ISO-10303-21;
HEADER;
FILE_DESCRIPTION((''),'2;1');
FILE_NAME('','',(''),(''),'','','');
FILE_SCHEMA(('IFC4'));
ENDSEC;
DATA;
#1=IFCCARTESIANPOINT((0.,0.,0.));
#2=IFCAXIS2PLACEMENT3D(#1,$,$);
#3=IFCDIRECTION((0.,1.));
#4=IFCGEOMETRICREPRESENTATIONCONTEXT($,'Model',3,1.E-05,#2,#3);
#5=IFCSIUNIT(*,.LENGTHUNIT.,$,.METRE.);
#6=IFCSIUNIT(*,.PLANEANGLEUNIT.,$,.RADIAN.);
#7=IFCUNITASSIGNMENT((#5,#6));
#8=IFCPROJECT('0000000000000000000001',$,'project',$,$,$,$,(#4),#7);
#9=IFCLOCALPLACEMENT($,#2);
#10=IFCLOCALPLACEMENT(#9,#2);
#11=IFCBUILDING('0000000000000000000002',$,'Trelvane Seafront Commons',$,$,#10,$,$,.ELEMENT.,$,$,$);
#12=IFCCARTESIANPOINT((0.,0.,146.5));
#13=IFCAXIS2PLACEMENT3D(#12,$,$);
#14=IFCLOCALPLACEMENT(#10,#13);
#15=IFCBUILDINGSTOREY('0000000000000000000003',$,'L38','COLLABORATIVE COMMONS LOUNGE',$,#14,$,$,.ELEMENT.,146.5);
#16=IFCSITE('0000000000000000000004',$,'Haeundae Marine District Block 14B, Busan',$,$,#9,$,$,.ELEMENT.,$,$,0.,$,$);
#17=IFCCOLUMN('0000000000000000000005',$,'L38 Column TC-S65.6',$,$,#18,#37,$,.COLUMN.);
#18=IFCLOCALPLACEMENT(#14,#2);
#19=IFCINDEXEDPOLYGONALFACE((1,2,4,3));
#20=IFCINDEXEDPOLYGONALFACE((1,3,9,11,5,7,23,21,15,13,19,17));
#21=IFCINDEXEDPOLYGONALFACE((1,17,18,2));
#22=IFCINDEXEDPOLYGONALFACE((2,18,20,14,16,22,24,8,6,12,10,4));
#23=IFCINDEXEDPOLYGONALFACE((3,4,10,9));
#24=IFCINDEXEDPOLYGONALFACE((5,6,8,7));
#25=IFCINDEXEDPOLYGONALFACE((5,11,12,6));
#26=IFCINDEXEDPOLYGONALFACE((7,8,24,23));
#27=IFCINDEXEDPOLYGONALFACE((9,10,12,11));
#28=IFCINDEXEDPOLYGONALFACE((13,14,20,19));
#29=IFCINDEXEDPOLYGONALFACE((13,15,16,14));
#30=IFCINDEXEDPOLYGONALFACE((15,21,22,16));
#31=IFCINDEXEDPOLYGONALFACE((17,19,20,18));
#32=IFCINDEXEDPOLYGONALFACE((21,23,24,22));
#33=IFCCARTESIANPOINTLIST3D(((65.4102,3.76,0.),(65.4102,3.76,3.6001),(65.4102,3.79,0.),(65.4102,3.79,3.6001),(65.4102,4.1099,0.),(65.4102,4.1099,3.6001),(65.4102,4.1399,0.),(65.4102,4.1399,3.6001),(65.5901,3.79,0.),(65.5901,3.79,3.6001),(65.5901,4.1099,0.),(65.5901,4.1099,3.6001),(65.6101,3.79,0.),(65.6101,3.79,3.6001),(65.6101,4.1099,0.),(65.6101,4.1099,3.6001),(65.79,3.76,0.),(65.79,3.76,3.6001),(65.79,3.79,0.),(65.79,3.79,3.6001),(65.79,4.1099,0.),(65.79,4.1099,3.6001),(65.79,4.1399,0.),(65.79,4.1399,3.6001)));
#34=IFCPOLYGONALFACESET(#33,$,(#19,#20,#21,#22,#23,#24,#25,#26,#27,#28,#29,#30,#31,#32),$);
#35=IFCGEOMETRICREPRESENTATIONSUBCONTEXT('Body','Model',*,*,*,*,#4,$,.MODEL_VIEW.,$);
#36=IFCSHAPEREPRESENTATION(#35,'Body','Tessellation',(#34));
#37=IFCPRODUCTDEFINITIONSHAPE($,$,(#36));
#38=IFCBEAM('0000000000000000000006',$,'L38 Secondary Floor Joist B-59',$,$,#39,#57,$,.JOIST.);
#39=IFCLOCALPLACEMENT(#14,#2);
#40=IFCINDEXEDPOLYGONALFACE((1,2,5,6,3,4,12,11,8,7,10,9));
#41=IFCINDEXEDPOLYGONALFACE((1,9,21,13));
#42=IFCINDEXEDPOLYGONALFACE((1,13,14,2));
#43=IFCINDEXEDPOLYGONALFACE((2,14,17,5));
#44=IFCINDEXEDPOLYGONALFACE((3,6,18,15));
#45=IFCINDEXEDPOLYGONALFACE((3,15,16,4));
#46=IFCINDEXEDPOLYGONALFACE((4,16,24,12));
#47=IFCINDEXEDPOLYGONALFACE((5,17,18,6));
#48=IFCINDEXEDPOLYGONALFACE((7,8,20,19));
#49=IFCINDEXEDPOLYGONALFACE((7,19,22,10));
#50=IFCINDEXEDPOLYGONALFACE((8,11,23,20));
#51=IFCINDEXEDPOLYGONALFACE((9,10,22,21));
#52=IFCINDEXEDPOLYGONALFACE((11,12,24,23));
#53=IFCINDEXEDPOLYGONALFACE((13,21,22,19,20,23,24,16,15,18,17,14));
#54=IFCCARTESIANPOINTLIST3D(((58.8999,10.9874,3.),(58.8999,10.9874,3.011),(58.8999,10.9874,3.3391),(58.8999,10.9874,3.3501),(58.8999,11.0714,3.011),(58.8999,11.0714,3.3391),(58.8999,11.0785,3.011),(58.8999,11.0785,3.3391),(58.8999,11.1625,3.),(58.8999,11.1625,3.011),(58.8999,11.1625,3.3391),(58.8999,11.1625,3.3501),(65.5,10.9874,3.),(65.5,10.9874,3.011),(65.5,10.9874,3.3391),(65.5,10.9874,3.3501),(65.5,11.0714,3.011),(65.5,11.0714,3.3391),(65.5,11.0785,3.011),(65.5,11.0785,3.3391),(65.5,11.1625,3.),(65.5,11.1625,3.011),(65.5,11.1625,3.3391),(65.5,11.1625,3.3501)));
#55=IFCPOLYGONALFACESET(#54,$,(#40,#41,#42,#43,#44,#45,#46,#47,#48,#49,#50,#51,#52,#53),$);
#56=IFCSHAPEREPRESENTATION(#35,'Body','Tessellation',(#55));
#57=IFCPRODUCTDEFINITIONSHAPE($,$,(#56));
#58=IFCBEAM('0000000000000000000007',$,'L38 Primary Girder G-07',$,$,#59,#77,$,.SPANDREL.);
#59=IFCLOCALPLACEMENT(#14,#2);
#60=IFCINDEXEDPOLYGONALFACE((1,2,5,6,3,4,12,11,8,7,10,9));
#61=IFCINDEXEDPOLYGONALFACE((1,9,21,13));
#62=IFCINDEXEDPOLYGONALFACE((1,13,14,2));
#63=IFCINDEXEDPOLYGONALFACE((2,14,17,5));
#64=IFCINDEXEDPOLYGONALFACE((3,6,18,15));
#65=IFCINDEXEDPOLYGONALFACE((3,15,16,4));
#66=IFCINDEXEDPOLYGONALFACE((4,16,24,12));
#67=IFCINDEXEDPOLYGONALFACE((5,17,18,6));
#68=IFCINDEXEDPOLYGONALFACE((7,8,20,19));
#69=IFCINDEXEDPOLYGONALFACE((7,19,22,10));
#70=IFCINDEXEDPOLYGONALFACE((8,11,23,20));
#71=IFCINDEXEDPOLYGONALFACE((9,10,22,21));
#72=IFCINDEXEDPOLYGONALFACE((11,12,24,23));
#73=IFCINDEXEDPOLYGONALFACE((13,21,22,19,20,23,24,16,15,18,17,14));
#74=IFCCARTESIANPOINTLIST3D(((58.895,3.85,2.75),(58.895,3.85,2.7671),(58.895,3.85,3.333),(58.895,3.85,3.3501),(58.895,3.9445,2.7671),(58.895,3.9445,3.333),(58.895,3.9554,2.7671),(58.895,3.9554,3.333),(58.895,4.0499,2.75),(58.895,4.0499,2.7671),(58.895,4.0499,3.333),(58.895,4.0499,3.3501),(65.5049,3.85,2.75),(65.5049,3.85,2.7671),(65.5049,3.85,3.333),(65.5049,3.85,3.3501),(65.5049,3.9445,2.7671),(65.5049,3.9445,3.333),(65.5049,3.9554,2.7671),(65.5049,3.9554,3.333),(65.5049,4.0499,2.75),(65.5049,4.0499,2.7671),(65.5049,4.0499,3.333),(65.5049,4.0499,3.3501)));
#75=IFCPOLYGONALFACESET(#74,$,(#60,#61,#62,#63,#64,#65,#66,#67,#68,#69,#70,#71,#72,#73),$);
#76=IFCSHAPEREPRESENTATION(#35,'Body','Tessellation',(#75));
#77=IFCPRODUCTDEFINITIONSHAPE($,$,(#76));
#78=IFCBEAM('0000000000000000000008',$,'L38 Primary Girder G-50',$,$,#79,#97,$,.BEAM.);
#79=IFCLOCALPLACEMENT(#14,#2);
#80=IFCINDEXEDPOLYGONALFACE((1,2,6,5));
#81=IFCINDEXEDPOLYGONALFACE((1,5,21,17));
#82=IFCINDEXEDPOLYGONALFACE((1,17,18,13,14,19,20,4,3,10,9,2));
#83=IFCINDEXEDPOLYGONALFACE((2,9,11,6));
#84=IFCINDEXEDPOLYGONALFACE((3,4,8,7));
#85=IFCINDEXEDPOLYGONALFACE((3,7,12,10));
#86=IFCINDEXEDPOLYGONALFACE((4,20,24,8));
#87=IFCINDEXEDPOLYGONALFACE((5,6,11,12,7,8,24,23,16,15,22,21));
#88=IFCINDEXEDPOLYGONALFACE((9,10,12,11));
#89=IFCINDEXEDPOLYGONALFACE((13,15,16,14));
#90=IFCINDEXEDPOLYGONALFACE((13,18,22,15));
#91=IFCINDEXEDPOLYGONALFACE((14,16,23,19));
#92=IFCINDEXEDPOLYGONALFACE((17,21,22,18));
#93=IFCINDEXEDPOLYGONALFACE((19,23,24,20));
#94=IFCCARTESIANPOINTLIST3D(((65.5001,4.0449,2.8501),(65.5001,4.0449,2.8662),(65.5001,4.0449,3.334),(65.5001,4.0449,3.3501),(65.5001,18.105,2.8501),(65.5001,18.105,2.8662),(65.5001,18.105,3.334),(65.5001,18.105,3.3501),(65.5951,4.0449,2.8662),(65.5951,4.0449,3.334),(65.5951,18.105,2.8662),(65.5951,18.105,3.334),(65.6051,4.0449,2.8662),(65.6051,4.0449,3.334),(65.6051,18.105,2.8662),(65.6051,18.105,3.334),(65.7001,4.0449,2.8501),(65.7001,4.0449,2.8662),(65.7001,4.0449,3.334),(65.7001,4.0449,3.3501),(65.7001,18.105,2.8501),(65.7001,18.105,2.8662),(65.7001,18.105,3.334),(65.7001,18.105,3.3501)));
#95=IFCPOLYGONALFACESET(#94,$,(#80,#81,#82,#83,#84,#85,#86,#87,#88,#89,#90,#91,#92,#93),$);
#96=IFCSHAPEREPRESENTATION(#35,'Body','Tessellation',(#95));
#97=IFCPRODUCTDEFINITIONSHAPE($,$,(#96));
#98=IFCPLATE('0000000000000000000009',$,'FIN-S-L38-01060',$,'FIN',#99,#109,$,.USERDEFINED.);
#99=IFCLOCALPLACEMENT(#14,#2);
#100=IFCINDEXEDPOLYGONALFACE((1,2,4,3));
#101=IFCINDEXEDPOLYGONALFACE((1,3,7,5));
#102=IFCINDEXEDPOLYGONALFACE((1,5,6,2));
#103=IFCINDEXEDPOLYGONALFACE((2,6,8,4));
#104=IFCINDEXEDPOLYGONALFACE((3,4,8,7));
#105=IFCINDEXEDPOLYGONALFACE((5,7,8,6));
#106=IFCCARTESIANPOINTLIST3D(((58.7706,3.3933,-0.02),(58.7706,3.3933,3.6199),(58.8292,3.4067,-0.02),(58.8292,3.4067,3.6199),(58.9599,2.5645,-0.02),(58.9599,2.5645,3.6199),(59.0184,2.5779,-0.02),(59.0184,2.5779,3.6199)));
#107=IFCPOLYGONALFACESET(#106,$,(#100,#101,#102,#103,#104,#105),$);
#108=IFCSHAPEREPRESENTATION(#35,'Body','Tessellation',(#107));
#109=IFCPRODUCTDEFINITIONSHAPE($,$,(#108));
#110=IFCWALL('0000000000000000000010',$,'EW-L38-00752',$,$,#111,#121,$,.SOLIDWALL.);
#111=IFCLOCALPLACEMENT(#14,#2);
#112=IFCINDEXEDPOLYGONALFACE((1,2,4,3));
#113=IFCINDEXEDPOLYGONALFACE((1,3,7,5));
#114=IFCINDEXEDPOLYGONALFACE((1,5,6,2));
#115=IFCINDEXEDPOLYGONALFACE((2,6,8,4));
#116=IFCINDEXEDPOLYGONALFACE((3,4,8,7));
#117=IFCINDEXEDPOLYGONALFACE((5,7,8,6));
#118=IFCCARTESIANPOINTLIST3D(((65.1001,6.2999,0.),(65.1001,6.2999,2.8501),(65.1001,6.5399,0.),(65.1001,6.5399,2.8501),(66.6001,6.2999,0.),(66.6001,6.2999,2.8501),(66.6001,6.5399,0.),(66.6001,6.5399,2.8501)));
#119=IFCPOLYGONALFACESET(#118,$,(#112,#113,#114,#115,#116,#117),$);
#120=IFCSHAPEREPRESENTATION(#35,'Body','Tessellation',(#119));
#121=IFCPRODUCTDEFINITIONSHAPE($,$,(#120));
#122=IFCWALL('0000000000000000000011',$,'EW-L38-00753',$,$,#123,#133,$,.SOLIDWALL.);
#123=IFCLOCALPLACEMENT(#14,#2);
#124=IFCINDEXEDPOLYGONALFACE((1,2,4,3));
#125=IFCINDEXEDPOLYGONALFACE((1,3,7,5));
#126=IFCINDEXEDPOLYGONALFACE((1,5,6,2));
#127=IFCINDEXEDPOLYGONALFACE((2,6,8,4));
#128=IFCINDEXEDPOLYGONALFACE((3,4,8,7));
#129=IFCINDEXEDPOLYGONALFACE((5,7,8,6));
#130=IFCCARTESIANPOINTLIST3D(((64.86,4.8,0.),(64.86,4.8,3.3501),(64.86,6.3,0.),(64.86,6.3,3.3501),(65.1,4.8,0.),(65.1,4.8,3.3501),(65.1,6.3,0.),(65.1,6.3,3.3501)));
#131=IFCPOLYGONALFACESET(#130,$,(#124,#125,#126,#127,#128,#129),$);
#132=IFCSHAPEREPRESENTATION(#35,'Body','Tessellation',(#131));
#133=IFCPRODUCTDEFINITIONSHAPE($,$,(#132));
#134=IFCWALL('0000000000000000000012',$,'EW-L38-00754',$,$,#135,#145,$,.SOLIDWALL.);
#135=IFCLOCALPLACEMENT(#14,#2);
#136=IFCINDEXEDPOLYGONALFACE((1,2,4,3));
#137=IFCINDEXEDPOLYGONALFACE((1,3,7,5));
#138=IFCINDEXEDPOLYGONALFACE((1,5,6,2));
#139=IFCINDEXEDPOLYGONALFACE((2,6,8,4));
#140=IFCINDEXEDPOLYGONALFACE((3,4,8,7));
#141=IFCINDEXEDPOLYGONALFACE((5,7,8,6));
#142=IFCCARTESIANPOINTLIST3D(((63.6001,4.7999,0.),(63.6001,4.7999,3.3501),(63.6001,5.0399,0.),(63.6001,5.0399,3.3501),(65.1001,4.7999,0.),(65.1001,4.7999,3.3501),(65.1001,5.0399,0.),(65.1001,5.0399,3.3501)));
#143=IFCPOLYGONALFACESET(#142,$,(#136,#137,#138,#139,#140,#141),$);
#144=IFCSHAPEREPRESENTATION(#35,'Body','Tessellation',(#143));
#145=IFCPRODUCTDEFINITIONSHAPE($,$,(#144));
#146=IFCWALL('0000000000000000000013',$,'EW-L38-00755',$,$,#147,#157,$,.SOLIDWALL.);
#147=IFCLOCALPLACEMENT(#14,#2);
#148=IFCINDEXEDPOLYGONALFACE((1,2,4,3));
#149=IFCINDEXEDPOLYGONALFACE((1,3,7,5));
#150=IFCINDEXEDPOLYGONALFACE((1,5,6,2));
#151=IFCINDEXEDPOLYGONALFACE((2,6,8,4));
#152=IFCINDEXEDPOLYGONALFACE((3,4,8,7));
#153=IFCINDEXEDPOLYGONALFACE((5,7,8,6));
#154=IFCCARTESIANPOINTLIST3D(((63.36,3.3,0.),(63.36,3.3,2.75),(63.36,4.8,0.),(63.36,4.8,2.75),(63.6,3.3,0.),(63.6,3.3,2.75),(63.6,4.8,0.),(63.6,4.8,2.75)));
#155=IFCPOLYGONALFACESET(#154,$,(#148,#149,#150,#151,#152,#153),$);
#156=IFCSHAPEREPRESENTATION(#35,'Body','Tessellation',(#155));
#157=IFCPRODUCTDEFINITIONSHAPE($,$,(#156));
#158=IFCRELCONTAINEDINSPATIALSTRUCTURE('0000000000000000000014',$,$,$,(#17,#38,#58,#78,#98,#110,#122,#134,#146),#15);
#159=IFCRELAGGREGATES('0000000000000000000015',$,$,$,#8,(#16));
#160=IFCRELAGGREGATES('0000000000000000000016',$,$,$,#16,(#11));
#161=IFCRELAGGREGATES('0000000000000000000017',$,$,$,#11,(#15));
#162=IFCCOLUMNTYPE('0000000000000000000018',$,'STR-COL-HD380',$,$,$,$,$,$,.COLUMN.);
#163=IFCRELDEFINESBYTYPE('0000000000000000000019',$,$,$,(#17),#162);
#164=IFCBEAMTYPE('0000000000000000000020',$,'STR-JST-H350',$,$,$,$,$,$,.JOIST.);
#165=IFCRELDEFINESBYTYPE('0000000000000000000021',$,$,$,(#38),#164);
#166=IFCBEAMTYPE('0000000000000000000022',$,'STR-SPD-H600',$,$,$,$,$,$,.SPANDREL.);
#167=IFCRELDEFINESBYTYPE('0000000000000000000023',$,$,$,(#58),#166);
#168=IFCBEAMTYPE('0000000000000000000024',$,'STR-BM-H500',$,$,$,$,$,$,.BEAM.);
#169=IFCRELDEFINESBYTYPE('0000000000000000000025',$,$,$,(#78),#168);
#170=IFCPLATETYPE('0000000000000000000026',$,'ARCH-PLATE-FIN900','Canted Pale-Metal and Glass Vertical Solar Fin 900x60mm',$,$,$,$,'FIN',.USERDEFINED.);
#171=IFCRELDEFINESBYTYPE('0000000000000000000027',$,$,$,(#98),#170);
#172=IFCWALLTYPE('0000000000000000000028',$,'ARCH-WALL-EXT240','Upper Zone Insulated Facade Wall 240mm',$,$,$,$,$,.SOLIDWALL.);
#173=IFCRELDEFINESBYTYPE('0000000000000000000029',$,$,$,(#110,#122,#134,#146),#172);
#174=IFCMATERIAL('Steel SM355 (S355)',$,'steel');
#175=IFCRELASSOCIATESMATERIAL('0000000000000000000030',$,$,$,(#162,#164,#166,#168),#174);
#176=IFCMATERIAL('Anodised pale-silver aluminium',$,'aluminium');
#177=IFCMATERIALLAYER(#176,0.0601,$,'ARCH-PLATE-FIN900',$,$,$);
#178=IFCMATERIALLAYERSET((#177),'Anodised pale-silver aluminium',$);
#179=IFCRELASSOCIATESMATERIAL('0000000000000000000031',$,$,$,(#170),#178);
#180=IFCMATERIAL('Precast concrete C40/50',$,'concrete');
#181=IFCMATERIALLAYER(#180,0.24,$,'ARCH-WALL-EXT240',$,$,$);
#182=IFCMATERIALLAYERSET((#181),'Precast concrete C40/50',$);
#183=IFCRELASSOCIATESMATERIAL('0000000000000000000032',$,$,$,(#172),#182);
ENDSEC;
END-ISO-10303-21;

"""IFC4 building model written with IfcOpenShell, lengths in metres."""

from ifc_helpers import new_model, si_unit, direction, frame, frame_2d, origin, origin_2d, place, context, subcontext, project, spatial, rectangle, i_section, extrude, source, transform, mapped, material, layer, layer_set, material_profile, profile_set, type_object, element, save


model = new_model("IFC4")

# Units and contexts
model_context = context("Model", 3, precision=1e-05, world=origin(), true_north=direction((0.0, 1.0)))
body_context = subcontext(model_context, "Body", "Model", "MODEL_VIEW")
ifc_project = project(units=[si_unit("LENGTHUNIT", "METRE"), si_unit("PLANEANGLEUNIT", "RADIAN")], contexts=[model_context])

# Site, building, storey
site_placement = place(None, origin())
site = spatial("IfcSite", under=ifc_project, at=site_placement, Name="Haeundae Marine District Block 14B, Busan", CompositionType="ELEMENT", RefElevation=0.0)
building_placement = place(site_placement, origin())
building = spatial("IfcBuilding", under=site, at=building_placement, Name="Trelvane Seafront Commons", CompositionType="ELEMENT")
storey_placement = place(building_placement, frame((0.0, 0.0, 146.5)))
storey = spatial("IfcBuildingStorey", under=building, at=storey_placement, Name="L38", Description="COLLABORATIVE COMMONS LOUNGE", CompositionType="ELEMENT", Elevation=146.5)

# Column
ifc_material_1 = material(Name="Steel SM355 (S355)", Category="steel")
ifc_material_profile_1 = material_profile(ifc_material_1, i_section(OverallWidth=0.3799, OverallDepth=0.3799, WebThickness=0.02, FlangeThickness=0.03, at=origin_2d()), Name="HD-380x380x20x30")
ifc_profile_set_1 = profile_set([ifc_material_profile_1], Name="Steel SM355 (S355)")
column_type = type_object("IfcColumnType", Name="STR-COL-HD380", PredefinedType="COLUMN", material=ifc_profile_set_1)
shared_shape_1 = source(origin(), body_context, "Body", "SweptSolid", [
    extrude(i_section(OverallWidth=0.3799, OverallDepth=0.3799, WebThickness=0.02, FlangeThickness=0.03, at=origin_2d()), origin(), (0.0, 0.0, 1.0), 3.6001),
])
column_placement = place(storey_placement, frame((65.6001, 3.95, 0.0), z_axis=(0.0, 0.0, 1.0), x_axis=(1.0, 0.0, 0.0)))
element("IfcColumn", 1, at=column_placement, inside=storey, type_object=column_type, Name="L38 Column TC-S65.6", PredefinedType="COLUMN", context=body_context, shape_type="MappedRepresentation", body=[
    mapped(shared_shape_1, transform((0.0, 0.0, 0.0), x_axis=(1.0, 0.0, 0.0), y_axis=(0.0, 1.0, 0.0), z_axis=(0.0, 0.0, 1.0), scale=1.0)),
])

# Beams
ifc_material_profile_2 = material_profile(ifc_material_1, i_section(OverallWidth=0.175, OverallDepth=0.3501, WebThickness=0.0071, FlangeThickness=0.011, at=origin_2d()), Name="H-350x175x7x11")
ifc_profile_set_2 = profile_set([ifc_material_profile_2], Name="Steel SM355 (S355)")
beam_type_1 = type_object("IfcBeamType", Name="STR-JST-H350", PredefinedType="JOIST", material=ifc_profile_set_2)
shared_shape_2 = source(origin(), body_context, "Body", "SweptSolid", [
    extrude(i_section(OverallWidth=0.175, OverallDepth=0.3501, WebThickness=0.0071, FlangeThickness=0.011, at=origin_2d()), origin(), (0.0, 0.0, 1.0), 6.6001),
])
beam_1_placement = place(storey_placement, frame((58.8999, 11.075, 3.175), z_axis=(1.0, 0.0, 0.0), x_axis=(0.0, 1.0, 0.0)))
element("IfcBeam", 2, at=beam_1_placement, inside=storey, type_object=beam_type_1, Name="L38 Secondary Floor Joist B-59", PredefinedType="JOIST", context=body_context, shape_type="MappedRepresentation", body=[
    mapped(shared_shape_2, transform((0.0, 0.0, 0.0), x_axis=(1.0, 0.0, 0.0), y_axis=(0.0, 1.0, 0.0), z_axis=(0.0, 0.0, 1.0), scale=1.0)),
])
ifc_material_profile_3 = material_profile(ifc_material_1, i_section(OverallWidth=0.2, OverallDepth=0.6001, WebThickness=0.011, FlangeThickness=0.0171, at=origin_2d()), Name="H-600x200x11x17")
ifc_profile_set_3 = profile_set([ifc_material_profile_3], Name="Steel SM355 (S355)")
beam_type_2 = type_object("IfcBeamType", Name="STR-SPD-H600", PredefinedType="SPANDREL", material=ifc_profile_set_3)
shared_shape_3 = source(origin(), body_context, "Body", "SweptSolid", [
    extrude(i_section(OverallWidth=0.2, OverallDepth=0.6001, WebThickness=0.011, FlangeThickness=0.0171, at=origin_2d()), origin(), (0.0, 0.0, 1.0), 6.6099),
])
beam_2_placement = place(storey_placement, frame((58.895, 3.95, 3.05), z_axis=(1.0, 0.0, 0.0), x_axis=(0.0, 1.0, 0.0)))
element("IfcBeam", 3, at=beam_2_placement, inside=storey, type_object=beam_type_2, Name="L38 Primary Girder G-07", PredefinedType="SPANDREL", context=body_context, shape_type="MappedRepresentation", body=[
    mapped(shared_shape_3, transform((0.0, 0.0, 0.0), x_axis=(1.0, 0.0, 0.0), y_axis=(0.0, 1.0, 0.0), z_axis=(0.0, 0.0, 1.0), scale=1.0)),
])
ifc_material_profile_4 = material_profile(ifc_material_1, i_section(OverallWidth=0.2, OverallDepth=0.5, WebThickness=0.01, FlangeThickness=0.0161, at=origin_2d()), Name="H-500x200x10x16")
ifc_profile_set_4 = profile_set([ifc_material_profile_4], Name="Steel SM355 (S355)")
beam_type_3 = type_object("IfcBeamType", Name="STR-BM-H500", PredefinedType="BEAM", material=ifc_profile_set_4)
shared_shape_4 = source(origin(), body_context, "Body", "SweptSolid", [
    extrude(i_section(OverallWidth=0.2, OverallDepth=0.5, WebThickness=0.01, FlangeThickness=0.0161, at=origin_2d()), origin(), (0.0, 0.0, 1.0), 14.0601),
])
beam_3_placement = place(storey_placement, frame((65.6001, 4.0449, 3.1001), z_axis=(0.0, 1.0, 0.0), x_axis=(-1.0, 0.0, 0.0)))
element("IfcBeam", 4, at=beam_3_placement, inside=storey, type_object=beam_type_3, Name="L38 Primary Girder G-50", PredefinedType="BEAM", context=body_context, shape_type="MappedRepresentation", body=[
    mapped(shared_shape_4, transform((0.0, 0.0, 0.0), x_axis=(1.0, 0.0, 0.0), y_axis=(0.0, 1.0, 0.0), z_axis=(0.0, 0.0, 1.0), scale=1.0)),
])

# Plate
ifc_material_2 = material(Name="Anodised pale-silver aluminium", Category="aluminium")
ifc_layer_1 = layer(ifc_material_2, 0.0601, Name="ARCH-PLATE-FIN900")
ifc_layer_set_1 = layer_set([ifc_layer_1], Name="Anodised pale-silver aluminium")
plate_type = type_object("IfcPlateType", Name="ARCH-PLATE-FIN900", Description="Canted Pale-Metal and Glass Vertical Solar Fin 900x60mm", ElementType="FIN", PredefinedType="USERDEFINED", material=ifc_layer_set_1)
shared_shape_5 = source(origin(), body_context, "Body", "SweptSolid", [
    extrude(rectangle(XDim=0.8501, YDim=0.0601, at=origin_2d()), origin(), (0.0, 0.0, 1.0), 3.6399),
])
plate_placement = place(storey_placement, frame((58.8945, 2.9856, -0.02), z_axis=(0.0, 0.0, 1.0), x_axis=(0.222581, -0.974914, 0.0)))
element("IfcPlate", 5, at=plate_placement, inside=storey, type_object=plate_type, Name="FIN-S-L38-01060", ObjectType="FIN", PredefinedType="USERDEFINED", context=body_context, shape_type="MappedRepresentation", body=[
    mapped(shared_shape_5, transform((0.0, 0.0, 0.0), x_axis=(1.0, 0.0, 0.0), y_axis=(0.0, 1.0, 0.0), z_axis=(0.0, 0.0, 1.0), scale=1.0)),
])

# Walls
ifc_material_3 = material(Name="Precast concrete C40/50", Category="concrete")
ifc_layer_2 = layer(ifc_material_3, 0.24, Name="ARCH-WALL-EXT240")
ifc_layer_set_2 = layer_set([ifc_layer_2], Name="Precast concrete C40/50")
wall_type = type_object("IfcWallType", Name="ARCH-WALL-EXT240", Description="Upper Zone Insulated Facade Wall 240mm", PredefinedType="SOLIDWALL", material=ifc_layer_set_2)
wall_1_placement = place(storey_placement, frame((66.6001, 6.4199, 0.0), z_axis=(0.0, 0.0, 1.0), x_axis=(-1.0, 0.0, 0.0)))
element("IfcWall", 6, at=wall_1_placement, inside=storey, type_object=wall_type, Name="EW-L38-00752", PredefinedType="SOLIDWALL", context=body_context, shape_type="SweptSolid", body=[
    extrude(rectangle(XDim=1.5, YDim=0.24, at=frame_2d((0.75, 0.0))), origin(), (0.0, 0.0, 1.0), 2.8501),
])
for number, where, z_axis, x_axis, name in (
    (7, (64.98, 6.3, 0.0), (0.0, 0.0, 1.0), (0.0, -1.0, 0.0), "EW-L38-00753"),
    (8, (65.1001, 4.9199, 0.0), (0.0, 0.0, 1.0), (-1.0, 0.0, 0.0), "EW-L38-00754"),
):
    element("IfcWall", number, at=place(storey_placement, frame(where, z_axis=z_axis, x_axis=x_axis)), inside=storey, type_object=wall_type, Name=name, PredefinedType="SOLIDWALL", context=body_context, shape_type="SweptSolid", body=[
        extrude(rectangle(XDim=1.5, YDim=0.24, at=frame_2d((0.75, 0.0))), origin(), (0.0, 0.0, 1.0), 3.3501),
    ])
wall_2_placement = place(storey_placement, frame((63.48, 4.8, 0.0), z_axis=(0.0, 0.0, 1.0), x_axis=(0.0, -1.0, 0.0)))
element("IfcWall", 9, at=wall_2_placement, inside=storey, type_object=wall_type, Name="EW-L38-00755", PredefinedType="SOLIDWALL", context=body_context, shape_type="SweptSolid", body=[
    extrude(rectangle(XDim=1.5, YDim=0.24, at=frame_2d((0.75, 0.0))), origin(), (0.0, 0.0, 1.0), 2.75),
])

save(model, "model.ifc")
